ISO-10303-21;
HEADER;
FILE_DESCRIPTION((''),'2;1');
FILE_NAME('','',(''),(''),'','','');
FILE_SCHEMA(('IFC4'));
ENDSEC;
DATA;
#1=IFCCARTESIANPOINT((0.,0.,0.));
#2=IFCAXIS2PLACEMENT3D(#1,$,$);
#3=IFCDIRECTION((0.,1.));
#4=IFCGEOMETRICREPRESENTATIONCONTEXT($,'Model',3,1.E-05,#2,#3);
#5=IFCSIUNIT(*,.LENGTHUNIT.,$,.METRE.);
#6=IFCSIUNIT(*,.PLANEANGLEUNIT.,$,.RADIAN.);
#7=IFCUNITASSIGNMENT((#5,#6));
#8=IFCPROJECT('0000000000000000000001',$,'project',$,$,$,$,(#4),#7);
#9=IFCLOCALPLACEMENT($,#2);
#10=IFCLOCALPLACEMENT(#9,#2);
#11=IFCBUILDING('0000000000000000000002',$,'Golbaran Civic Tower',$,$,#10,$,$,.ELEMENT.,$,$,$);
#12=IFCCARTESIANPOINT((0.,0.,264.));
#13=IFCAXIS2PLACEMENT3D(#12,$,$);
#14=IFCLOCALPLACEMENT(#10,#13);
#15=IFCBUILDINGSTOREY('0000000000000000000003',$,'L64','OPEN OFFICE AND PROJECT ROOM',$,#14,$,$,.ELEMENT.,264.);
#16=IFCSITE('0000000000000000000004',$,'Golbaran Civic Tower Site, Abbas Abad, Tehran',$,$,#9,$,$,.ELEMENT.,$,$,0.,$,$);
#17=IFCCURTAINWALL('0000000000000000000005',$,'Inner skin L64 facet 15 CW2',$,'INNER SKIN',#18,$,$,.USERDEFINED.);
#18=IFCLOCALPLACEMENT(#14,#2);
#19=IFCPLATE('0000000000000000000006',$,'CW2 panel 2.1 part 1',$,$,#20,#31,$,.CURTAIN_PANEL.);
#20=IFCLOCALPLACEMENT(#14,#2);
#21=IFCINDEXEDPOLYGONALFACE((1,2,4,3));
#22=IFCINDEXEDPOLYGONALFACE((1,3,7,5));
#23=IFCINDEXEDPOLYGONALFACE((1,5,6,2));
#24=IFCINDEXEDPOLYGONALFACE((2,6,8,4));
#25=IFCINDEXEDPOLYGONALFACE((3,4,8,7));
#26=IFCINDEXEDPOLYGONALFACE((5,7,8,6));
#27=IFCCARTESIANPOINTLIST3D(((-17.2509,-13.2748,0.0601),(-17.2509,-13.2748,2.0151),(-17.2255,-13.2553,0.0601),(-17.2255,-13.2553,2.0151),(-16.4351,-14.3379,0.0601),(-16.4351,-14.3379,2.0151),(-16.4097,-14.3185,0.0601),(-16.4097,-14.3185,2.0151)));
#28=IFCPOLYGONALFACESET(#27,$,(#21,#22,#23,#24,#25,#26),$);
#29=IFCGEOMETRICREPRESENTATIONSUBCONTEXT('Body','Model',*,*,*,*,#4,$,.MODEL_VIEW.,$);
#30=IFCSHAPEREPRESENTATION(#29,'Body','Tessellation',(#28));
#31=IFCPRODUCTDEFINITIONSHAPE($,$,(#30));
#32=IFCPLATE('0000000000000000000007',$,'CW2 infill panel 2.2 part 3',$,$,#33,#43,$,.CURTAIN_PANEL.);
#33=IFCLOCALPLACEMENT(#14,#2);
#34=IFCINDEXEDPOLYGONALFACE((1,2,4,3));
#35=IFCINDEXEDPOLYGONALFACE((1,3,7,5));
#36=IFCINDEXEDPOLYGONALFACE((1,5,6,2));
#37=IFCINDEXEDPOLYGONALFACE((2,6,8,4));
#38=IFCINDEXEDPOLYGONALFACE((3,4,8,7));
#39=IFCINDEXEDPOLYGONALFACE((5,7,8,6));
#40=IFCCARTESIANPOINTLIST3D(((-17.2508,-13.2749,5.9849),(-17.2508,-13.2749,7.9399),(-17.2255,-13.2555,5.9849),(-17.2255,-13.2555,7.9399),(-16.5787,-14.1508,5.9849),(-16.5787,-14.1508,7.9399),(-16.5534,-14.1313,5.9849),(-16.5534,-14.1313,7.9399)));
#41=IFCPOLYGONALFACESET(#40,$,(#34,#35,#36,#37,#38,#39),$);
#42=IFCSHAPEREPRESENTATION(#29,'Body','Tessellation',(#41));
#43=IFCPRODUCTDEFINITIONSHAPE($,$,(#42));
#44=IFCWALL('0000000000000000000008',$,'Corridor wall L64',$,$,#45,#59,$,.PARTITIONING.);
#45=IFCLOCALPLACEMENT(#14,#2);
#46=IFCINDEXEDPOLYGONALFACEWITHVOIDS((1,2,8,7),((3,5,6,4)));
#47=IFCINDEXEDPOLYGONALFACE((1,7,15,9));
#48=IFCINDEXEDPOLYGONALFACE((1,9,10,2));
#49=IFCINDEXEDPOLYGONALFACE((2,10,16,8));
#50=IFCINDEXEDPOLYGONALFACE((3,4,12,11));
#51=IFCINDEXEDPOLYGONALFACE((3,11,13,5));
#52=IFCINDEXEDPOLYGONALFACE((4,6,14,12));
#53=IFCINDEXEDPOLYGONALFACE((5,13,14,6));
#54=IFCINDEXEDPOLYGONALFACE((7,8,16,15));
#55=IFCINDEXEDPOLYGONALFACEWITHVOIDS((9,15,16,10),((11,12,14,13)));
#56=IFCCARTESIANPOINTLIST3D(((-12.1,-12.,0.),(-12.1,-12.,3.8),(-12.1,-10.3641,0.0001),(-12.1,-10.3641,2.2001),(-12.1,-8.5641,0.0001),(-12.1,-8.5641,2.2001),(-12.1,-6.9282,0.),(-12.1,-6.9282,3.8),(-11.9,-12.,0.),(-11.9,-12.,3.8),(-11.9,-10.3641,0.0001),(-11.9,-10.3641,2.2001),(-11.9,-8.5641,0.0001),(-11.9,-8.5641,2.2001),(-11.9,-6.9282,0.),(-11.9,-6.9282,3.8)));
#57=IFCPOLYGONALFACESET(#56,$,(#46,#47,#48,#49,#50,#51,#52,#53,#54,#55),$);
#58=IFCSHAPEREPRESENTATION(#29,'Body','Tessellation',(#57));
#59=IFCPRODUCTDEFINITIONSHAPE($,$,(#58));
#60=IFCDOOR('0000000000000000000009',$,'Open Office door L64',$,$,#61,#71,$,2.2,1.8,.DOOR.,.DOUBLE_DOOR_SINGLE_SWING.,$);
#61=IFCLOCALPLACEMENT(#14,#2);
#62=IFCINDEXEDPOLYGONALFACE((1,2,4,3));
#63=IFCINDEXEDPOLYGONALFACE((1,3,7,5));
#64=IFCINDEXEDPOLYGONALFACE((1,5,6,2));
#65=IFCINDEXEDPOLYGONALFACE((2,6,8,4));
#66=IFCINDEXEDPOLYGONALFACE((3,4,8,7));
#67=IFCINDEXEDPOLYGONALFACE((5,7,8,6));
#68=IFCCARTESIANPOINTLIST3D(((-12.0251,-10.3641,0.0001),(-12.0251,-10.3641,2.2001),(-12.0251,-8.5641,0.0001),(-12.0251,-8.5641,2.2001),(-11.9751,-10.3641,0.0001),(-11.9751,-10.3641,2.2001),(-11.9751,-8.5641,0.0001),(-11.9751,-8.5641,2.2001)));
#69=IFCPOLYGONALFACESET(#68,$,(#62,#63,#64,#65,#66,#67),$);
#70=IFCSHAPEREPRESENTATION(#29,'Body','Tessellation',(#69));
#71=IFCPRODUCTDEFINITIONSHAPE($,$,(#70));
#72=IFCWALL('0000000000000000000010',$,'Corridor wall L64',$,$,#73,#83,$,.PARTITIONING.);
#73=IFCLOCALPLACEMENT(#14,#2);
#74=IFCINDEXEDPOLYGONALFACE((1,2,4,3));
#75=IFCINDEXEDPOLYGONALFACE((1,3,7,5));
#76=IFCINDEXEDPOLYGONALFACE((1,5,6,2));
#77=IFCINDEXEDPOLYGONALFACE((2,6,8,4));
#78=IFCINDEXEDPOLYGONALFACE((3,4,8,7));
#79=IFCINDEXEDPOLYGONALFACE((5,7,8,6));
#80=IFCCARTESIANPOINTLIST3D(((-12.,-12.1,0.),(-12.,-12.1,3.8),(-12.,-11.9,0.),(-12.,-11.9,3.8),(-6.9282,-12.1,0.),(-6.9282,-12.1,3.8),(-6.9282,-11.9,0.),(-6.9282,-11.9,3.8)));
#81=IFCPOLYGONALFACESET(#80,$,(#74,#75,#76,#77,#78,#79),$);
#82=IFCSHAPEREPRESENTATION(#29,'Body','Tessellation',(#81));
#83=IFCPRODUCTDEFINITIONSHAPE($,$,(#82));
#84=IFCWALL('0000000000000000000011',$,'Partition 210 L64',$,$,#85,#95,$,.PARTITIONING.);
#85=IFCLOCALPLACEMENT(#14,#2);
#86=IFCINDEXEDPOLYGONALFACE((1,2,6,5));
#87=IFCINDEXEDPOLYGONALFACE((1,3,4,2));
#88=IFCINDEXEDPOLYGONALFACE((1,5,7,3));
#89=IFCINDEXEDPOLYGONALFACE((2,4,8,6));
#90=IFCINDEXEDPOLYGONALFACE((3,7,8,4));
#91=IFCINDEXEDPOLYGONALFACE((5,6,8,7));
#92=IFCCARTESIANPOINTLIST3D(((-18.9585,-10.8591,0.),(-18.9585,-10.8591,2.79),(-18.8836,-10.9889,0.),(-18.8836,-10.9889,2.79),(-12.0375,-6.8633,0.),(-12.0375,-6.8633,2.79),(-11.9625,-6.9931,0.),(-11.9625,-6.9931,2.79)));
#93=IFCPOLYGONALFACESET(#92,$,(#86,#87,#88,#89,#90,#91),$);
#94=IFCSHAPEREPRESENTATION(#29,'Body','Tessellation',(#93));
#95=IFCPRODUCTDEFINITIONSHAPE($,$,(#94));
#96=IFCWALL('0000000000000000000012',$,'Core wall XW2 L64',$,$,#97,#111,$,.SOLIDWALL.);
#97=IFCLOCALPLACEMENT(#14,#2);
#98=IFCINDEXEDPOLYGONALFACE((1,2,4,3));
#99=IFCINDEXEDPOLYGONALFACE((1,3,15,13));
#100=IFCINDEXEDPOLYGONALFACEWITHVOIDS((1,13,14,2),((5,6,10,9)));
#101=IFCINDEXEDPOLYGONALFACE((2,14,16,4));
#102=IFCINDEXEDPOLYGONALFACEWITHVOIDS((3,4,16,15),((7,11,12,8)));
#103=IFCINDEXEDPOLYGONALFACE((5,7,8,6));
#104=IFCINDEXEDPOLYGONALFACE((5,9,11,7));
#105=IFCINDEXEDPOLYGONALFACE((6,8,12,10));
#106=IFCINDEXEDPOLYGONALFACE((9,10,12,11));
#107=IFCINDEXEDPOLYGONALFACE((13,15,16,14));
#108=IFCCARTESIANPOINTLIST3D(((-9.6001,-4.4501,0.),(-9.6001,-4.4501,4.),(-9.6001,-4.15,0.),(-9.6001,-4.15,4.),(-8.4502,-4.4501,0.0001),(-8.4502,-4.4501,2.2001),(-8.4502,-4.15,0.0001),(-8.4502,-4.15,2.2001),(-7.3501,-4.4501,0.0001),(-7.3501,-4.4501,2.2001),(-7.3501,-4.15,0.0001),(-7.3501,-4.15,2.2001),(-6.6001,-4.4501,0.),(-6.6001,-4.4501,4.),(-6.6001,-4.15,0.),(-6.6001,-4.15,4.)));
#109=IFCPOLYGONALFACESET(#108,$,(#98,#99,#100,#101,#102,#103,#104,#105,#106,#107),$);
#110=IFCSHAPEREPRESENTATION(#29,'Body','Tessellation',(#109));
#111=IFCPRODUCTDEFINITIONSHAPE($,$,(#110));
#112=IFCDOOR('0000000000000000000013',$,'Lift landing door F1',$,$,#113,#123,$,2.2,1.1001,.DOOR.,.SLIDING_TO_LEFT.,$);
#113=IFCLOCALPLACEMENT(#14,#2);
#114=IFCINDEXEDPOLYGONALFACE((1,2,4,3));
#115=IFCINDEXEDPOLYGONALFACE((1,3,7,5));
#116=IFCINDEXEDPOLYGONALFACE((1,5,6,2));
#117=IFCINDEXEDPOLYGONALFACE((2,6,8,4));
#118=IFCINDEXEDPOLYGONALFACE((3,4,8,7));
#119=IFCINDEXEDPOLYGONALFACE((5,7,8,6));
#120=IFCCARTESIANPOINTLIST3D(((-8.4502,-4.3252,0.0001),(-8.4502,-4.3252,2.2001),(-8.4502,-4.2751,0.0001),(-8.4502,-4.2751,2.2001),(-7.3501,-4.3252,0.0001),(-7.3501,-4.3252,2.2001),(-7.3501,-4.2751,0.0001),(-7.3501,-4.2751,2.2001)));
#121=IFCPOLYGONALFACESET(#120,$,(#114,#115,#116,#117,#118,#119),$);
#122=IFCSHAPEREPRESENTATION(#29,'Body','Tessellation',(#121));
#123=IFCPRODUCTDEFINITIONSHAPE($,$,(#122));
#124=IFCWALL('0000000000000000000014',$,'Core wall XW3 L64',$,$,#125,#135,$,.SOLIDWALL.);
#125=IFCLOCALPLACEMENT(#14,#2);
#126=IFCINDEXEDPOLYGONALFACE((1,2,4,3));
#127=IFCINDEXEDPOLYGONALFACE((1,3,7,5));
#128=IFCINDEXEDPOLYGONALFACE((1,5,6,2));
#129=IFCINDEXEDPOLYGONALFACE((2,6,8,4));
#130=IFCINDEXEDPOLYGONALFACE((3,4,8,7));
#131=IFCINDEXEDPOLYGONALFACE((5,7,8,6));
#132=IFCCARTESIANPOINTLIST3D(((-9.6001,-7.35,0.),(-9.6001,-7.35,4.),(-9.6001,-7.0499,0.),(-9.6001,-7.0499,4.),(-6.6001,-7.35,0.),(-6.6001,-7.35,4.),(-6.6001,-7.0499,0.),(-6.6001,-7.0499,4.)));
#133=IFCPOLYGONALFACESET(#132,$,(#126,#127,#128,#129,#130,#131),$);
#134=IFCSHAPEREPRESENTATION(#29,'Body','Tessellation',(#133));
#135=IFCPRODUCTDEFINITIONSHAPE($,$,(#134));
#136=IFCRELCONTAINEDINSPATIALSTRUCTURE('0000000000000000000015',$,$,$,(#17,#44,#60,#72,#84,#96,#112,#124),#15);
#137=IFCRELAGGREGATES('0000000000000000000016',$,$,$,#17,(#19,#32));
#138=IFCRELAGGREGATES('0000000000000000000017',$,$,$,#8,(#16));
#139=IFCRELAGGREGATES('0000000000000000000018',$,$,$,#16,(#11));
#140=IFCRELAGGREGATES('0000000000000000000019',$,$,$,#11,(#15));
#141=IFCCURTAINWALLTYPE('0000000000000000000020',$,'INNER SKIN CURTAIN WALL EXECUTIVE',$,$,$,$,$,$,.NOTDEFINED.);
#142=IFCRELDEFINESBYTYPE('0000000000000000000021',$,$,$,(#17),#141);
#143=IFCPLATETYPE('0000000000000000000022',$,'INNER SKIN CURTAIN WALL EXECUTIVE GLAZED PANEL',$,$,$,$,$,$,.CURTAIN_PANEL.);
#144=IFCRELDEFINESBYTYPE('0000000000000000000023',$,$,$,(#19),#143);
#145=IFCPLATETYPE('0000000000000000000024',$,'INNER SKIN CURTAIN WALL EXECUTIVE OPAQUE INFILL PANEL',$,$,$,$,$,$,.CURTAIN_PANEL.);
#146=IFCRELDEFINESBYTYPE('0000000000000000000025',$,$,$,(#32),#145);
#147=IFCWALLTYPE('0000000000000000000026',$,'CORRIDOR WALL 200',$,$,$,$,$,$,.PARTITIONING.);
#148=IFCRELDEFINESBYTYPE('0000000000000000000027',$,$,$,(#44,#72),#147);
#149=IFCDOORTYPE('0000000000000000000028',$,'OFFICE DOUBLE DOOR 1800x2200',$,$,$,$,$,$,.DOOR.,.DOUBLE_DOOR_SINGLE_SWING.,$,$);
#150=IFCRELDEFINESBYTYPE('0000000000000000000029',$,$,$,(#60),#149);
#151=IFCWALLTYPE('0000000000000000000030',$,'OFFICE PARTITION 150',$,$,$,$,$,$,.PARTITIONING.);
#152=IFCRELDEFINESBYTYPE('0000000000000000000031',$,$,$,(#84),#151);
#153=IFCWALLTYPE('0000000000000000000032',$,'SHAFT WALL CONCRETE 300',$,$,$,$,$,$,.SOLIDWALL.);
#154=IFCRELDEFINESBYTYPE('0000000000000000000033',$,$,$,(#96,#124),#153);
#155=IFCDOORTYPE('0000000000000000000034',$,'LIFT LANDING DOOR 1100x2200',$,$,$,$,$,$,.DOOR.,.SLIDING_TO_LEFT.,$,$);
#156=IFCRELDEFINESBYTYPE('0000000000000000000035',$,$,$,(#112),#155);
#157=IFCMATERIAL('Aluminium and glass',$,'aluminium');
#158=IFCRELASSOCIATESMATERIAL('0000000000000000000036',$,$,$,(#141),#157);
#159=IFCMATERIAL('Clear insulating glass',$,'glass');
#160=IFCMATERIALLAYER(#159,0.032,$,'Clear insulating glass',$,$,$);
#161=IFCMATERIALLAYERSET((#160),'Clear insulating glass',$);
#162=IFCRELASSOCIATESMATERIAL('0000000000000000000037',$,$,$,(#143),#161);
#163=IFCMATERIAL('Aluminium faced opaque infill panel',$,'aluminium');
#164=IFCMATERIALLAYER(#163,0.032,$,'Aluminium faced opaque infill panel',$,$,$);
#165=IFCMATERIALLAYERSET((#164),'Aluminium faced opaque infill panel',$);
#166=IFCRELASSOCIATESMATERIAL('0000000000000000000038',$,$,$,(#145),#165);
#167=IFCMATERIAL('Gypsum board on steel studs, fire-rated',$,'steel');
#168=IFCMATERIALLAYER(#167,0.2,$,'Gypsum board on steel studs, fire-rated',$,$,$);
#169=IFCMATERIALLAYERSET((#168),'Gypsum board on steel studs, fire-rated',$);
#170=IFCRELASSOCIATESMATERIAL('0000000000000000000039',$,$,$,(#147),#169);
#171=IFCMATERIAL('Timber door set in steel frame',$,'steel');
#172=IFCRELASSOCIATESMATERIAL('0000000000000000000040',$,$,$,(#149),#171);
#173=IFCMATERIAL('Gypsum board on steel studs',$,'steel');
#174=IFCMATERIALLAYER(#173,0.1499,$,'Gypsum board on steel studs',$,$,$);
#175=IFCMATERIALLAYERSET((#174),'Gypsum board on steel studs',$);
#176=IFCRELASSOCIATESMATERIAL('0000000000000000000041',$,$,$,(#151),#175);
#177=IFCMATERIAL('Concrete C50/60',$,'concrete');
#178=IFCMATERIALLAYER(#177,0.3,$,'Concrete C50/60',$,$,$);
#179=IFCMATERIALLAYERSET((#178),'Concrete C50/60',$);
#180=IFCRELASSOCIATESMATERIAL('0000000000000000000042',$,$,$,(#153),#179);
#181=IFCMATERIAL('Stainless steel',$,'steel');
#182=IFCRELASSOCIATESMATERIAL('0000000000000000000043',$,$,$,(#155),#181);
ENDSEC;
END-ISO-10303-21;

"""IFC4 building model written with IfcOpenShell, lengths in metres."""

from ifc_helpers import new_model, si_unit, direction, frame, frame_2d, origin, origin_2d, place, context, subcontext, project, spatial, rectangle, extrude, material, layer, layer_set, type_object, element, fill, aggregate, save


model = new_model("IFC4")

# Units and contexts
model_context = context("Model", 3, precision=1e-05, world=origin(), true_north=direction((0.0, 1.0)))
body_context = subcontext(model_context, "Body", "Model", "MODEL_VIEW")
ifc_project = project(units=[si_unit("LENGTHUNIT", "METRE"), si_unit("PLANEANGLEUNIT", "RADIAN")], contexts=[model_context])

# Site, building, storey
site_placement = place(None, origin())
site = spatial("IfcSite", under=ifc_project, at=site_placement, Name="Golbaran Civic Tower Site, Abbas Abad, Tehran", CompositionType="ELEMENT", RefElevation=0.0)
building_placement = place(site_placement, origin())
building = spatial("IfcBuilding", under=site, at=building_placement, Name="Golbaran Civic Tower", CompositionType="ELEMENT")
storey_placement = place(building_placement, frame((0.0, 0.0, 264.0)))
storey = spatial("IfcBuildingStorey", under=building, at=storey_placement, Name="L64", Description="OPEN OFFICE AND PROJECT ROOM", CompositionType="ELEMENT", Elevation=264.0)

# Curtain wall, plates
ifc_material_1 = material(Name="Aluminium and glass", Category="aluminium")
curtain_wall_type = type_object("IfcCurtainWallType", Name="INNER SKIN CURTAIN WALL EXECUTIVE", PredefinedType="NOTDEFINED", material=ifc_material_1)
curtain_wall_placement = place(storey_placement, origin())
curtain_wall = element("IfcCurtainWall", 1, at=curtain_wall_placement, inside=storey, type_object=curtain_wall_type, Name="Inner skin L64 facet 15 CW2", ObjectType="INNER SKIN", PredefinedType="USERDEFINED")
ifc_material_2 = material(Name="Clear insulating glass", Category="glass")
ifc_layer_1 = layer(ifc_material_2, 0.032, Name="Clear insulating glass")
ifc_layer_set_1 = layer_set([ifc_layer_1], Name="Clear insulating glass")
plate_type_1 = type_object("IfcPlateType", Name="INNER SKIN CURTAIN WALL EXECUTIVE GLAZED PANEL", PredefinedType="CURTAIN_PANEL", material=ifc_layer_set_1)
plate_1_placement = place(storey_placement, frame((-16.8303, -13.7966, 0.0601), z_axis=(0.0, 0.0, 1.0), x_axis=(0.608761, -0.793353, 0.0)))
plate_1 = element("IfcPlate", 2, at=plate_1_placement, type_object=plate_type_1, Name="CW2 panel 2.1 part 1", PredefinedType="CURTAIN_PANEL", context=body_context, shape_type="SweptSolid", body=[
    extrude(rectangle(XDim=1.3401, YDim=0.032, at=origin_2d()), origin(), (0.0, 0.0, 1.0), 1.9551),
])
ifc_material_3 = material(Name="Aluminium faced opaque infill panel", Category="aluminium")
ifc_layer_2 = layer(ifc_material_3, 0.032, Name="Aluminium faced opaque infill panel")
ifc_layer_set_2 = layer_set([ifc_layer_2], Name="Aluminium faced opaque infill panel")
plate_type_2 = type_object("IfcPlateType", Name="INNER SKIN CURTAIN WALL EXECUTIVE OPAQUE INFILL PANEL", PredefinedType="CURTAIN_PANEL", material=ifc_layer_set_2)
plate_2_placement = place(storey_placement, frame((-16.9021, -13.7031, 5.9849), z_axis=(0.0, 0.0, 1.0), x_axis=(0.608761, -0.793353, 0.0)))
plate_2 = element("IfcPlate", 3, at=plate_2_placement, type_object=plate_type_2, Name="CW2 infill panel 2.2 part 3", PredefinedType="CURTAIN_PANEL", context=body_context, shape_type="SweptSolid", body=[
    extrude(rectangle(XDim=1.104, YDim=0.032, at=origin_2d()), origin(), (0.0, 0.0, 1.0), 1.9551),
])
aggregate(curtain_wall, [plate_1, plate_2])

# Wall, opening, door
ifc_material_4 = material(Name="Gypsum board on steel studs, fire-rated", Category="steel")
ifc_layer_3 = layer(ifc_material_4, 0.2, Name="Gypsum board on steel studs, fire-rated")
ifc_layer_set_3 = layer_set([ifc_layer_3], Name="Gypsum board on steel studs, fire-rated")
wall_type_1 = type_object("IfcWallType", Name="CORRIDOR WALL 200", PredefinedType="PARTITIONING", material=ifc_layer_set_3)
wall_1_placement = place(storey_placement, frame((-12.0, -6.9282, 0.0), z_axis=(0.0, 0.0, 1.0), x_axis=(0.0, -1.0, 0.0)))
wall_1 = element("IfcWall", 4, at=wall_1_placement, inside=storey, type_object=wall_type_1, Name="Corridor wall L64", PredefinedType="PARTITIONING", context=body_context, shape_type="SweptSolid", body=[
    extrude(rectangle(XDim=5.0718, YDim=0.2, at=frame_2d((2.5359, 0.0))), origin(), (0.0, 0.0, 1.0), 3.8),
])
opening_1_placement = place(wall_1_placement, frame((1.636, 0.0, 0.0)))
opening_1 = element("IfcOpeningElement", 5, at=opening_1_placement, cuts=wall_1, PredefinedType="OPENING", context=body_context, shape_type="SweptSolid", body=[
    extrude(rectangle(XDim=1.8, YDim=2.2, at=frame_2d((0.8999, 1.1001))), frame((0.0, 0.1099, 0.0), z_axis=(0.0, -1.0, 0.0), x_axis=(1.0, 0.0, 0.0)), (0.0, 0.0, 1.0), 0.22),
])
ifc_material_5 = material(Name="Timber door set in steel frame", Category="steel")
door_type_1 = type_object("IfcDoorType", Name="OFFICE DOUBLE DOOR 1800x2200", OperationType="DOUBLE_DOOR_SINGLE_SWING", PredefinedType="DOOR", material=ifc_material_5)
door_1_placement = place(opening_1_placement, origin())
door_1 = element("IfcDoor", 6, at=door_1_placement, inside=storey, type_object=door_type_1, Name="Open Office door L64", OperationType="DOUBLE_DOOR_SINGLE_SWING", OverallHeight=2.2, OverallWidth=1.8, PredefinedType="DOOR", context=body_context, shape_type="SweptSolid", body=[
    extrude(rectangle(XDim=1.8, YDim=2.2, at=frame_2d((0.8999, 1.1001))), frame((0.0, 0.0249, 0.0), z_axis=(0.0, -1.0, 0.0), x_axis=(1.0, 0.0, 0.0)), (0.0, 0.0, 1.0), 0.05),
])
fill(opening_1, door_1)

# Walls
wall_2_placement = place(storey_placement, frame((-12.0, -12.0, 0.0), z_axis=(0.0, 0.0, 1.0), x_axis=(1.0, 0.0, 0.0)))
element("IfcWall", 7, at=wall_2_placement, inside=storey, type_object=wall_type_1, Name="Corridor wall L64", PredefinedType="PARTITIONING", context=body_context, shape_type="SweptSolid", body=[
    extrude(rectangle(XDim=5.0718, YDim=0.2, at=frame_2d((2.5359, 0.0))), origin(), (0.0, 0.0, 1.0), 3.8),
])
ifc_material_6 = material(Name="Gypsum board on steel studs", Category="steel")
ifc_layer_4 = layer(ifc_material_6, 0.1499, Name="Gypsum board on steel studs")
ifc_layer_set_4 = layer_set([ifc_layer_4], Name="Gypsum board on steel studs")
wall_type_2 = type_object("IfcWallType", Name="OFFICE PARTITION 150", PredefinedType="PARTITIONING", material=ifc_layer_set_4)
wall_3_placement = place(storey_placement, frame((-12.0, -6.9282, 0.0), z_axis=(0.0, 0.0, 1.0), x_axis=(-0.866029, -0.499993, 0.0)))
element("IfcWall", 8, at=wall_3_placement, inside=storey, type_object=wall_type_2, Name="Partition 210 L64", PredefinedType="PARTITIONING", context=body_context, shape_type="SweptSolid", body=[
    extrude(rectangle(XDim=7.9917, YDim=0.1499, at=frame_2d((3.9958, 0.0))), origin(), (0.0, 0.0, 1.0), 2.79),
])

# Wall, opening, door
ifc_material_7 = material(Name="Concrete C50/60", Category="concrete")
ifc_layer_5 = layer(ifc_material_7, 0.3, Name="Concrete C50/60")
ifc_layer_set_5 = layer_set([ifc_layer_5], Name="Concrete C50/60")
wall_type_3 = type_object("IfcWallType", Name="SHAFT WALL CONCRETE 300", PredefinedType="SOLIDWALL", material=ifc_layer_set_5)
wall_4_placement = place(storey_placement, frame((-9.6001, -4.3, 0.0), z_axis=(0.0, 0.0, 1.0), x_axis=(1.0, 0.0, 0.0)))
wall_4 = element("IfcWall", 9, at=wall_4_placement, inside=storey, type_object=wall_type_3, Name="Core wall XW2 L64", PredefinedType="SOLIDWALL", context=body_context, shape_type="SweptSolid", body=[
    extrude(rectangle(XDim=3.0, YDim=0.3, at=frame_2d((1.5, 0.0))), origin(), (0.0, 0.0, 1.0), 4.0),
])
opening_2_placement = place(wall_4_placement, frame((1.1499, 0.0, 0.0)))
opening_2 = element("IfcOpeningElement", 10, at=opening_2_placement, cuts=wall_4, PredefinedType="OPENING", context=body_context, shape_type="SweptSolid", body=[
    extrude(rectangle(XDim=1.1001, YDim=2.2, at=frame_2d((0.55, 1.1001))), frame((0.0, 0.1599, 0.0), z_axis=(0.0, -1.0, 0.0), x_axis=(1.0, 0.0, 0.0)), (0.0, 0.0, 1.0), 0.3201),
])
ifc_material_8 = material(Name="Stainless steel", Category="steel")
door_type_2 = type_object("IfcDoorType", Name="LIFT LANDING DOOR 1100x2200", OperationType="SLIDING_TO_LEFT", PredefinedType="DOOR", material=ifc_material_8)
door_2_placement = place(opening_2_placement, origin())
door_2 = element("IfcDoor", 11, at=door_2_placement, inside=storey, type_object=door_type_2, Name="Lift landing door F1", OperationType="SLIDING_TO_LEFT", OverallHeight=2.2, OverallWidth=1.1001, PredefinedType="DOOR", context=body_context, shape_type="SweptSolid", body=[
    extrude(rectangle(XDim=1.1001, YDim=2.2, at=frame_2d((0.55, 1.1001))), frame((0.0, 0.0249, 0.0), z_axis=(0.0, -1.0, 0.0), x_axis=(1.0, 0.0, 0.0)), (0.0, 0.0, 1.0), 0.05),
])
fill(opening_2, door_2)

# Wall
wall_5_placement = place(storey_placement, frame((-9.6001, -7.2, 0.0), z_axis=(0.0, 0.0, 1.0), x_axis=(1.0, 0.0, 0.0)))
element("IfcWall", 12, at=wall_5_placement, inside=storey, type_object=wall_type_3, Name="Core wall XW3 L64", PredefinedType="SOLIDWALL", context=body_context, shape_type="SweptSolid", body=[
    extrude(rectangle(XDim=3.0, YDim=0.3, at=frame_2d((1.5, 0.0))), origin(), (0.0, 0.0, 1.0), 4.0),
])

save(model, "model.ifc")
